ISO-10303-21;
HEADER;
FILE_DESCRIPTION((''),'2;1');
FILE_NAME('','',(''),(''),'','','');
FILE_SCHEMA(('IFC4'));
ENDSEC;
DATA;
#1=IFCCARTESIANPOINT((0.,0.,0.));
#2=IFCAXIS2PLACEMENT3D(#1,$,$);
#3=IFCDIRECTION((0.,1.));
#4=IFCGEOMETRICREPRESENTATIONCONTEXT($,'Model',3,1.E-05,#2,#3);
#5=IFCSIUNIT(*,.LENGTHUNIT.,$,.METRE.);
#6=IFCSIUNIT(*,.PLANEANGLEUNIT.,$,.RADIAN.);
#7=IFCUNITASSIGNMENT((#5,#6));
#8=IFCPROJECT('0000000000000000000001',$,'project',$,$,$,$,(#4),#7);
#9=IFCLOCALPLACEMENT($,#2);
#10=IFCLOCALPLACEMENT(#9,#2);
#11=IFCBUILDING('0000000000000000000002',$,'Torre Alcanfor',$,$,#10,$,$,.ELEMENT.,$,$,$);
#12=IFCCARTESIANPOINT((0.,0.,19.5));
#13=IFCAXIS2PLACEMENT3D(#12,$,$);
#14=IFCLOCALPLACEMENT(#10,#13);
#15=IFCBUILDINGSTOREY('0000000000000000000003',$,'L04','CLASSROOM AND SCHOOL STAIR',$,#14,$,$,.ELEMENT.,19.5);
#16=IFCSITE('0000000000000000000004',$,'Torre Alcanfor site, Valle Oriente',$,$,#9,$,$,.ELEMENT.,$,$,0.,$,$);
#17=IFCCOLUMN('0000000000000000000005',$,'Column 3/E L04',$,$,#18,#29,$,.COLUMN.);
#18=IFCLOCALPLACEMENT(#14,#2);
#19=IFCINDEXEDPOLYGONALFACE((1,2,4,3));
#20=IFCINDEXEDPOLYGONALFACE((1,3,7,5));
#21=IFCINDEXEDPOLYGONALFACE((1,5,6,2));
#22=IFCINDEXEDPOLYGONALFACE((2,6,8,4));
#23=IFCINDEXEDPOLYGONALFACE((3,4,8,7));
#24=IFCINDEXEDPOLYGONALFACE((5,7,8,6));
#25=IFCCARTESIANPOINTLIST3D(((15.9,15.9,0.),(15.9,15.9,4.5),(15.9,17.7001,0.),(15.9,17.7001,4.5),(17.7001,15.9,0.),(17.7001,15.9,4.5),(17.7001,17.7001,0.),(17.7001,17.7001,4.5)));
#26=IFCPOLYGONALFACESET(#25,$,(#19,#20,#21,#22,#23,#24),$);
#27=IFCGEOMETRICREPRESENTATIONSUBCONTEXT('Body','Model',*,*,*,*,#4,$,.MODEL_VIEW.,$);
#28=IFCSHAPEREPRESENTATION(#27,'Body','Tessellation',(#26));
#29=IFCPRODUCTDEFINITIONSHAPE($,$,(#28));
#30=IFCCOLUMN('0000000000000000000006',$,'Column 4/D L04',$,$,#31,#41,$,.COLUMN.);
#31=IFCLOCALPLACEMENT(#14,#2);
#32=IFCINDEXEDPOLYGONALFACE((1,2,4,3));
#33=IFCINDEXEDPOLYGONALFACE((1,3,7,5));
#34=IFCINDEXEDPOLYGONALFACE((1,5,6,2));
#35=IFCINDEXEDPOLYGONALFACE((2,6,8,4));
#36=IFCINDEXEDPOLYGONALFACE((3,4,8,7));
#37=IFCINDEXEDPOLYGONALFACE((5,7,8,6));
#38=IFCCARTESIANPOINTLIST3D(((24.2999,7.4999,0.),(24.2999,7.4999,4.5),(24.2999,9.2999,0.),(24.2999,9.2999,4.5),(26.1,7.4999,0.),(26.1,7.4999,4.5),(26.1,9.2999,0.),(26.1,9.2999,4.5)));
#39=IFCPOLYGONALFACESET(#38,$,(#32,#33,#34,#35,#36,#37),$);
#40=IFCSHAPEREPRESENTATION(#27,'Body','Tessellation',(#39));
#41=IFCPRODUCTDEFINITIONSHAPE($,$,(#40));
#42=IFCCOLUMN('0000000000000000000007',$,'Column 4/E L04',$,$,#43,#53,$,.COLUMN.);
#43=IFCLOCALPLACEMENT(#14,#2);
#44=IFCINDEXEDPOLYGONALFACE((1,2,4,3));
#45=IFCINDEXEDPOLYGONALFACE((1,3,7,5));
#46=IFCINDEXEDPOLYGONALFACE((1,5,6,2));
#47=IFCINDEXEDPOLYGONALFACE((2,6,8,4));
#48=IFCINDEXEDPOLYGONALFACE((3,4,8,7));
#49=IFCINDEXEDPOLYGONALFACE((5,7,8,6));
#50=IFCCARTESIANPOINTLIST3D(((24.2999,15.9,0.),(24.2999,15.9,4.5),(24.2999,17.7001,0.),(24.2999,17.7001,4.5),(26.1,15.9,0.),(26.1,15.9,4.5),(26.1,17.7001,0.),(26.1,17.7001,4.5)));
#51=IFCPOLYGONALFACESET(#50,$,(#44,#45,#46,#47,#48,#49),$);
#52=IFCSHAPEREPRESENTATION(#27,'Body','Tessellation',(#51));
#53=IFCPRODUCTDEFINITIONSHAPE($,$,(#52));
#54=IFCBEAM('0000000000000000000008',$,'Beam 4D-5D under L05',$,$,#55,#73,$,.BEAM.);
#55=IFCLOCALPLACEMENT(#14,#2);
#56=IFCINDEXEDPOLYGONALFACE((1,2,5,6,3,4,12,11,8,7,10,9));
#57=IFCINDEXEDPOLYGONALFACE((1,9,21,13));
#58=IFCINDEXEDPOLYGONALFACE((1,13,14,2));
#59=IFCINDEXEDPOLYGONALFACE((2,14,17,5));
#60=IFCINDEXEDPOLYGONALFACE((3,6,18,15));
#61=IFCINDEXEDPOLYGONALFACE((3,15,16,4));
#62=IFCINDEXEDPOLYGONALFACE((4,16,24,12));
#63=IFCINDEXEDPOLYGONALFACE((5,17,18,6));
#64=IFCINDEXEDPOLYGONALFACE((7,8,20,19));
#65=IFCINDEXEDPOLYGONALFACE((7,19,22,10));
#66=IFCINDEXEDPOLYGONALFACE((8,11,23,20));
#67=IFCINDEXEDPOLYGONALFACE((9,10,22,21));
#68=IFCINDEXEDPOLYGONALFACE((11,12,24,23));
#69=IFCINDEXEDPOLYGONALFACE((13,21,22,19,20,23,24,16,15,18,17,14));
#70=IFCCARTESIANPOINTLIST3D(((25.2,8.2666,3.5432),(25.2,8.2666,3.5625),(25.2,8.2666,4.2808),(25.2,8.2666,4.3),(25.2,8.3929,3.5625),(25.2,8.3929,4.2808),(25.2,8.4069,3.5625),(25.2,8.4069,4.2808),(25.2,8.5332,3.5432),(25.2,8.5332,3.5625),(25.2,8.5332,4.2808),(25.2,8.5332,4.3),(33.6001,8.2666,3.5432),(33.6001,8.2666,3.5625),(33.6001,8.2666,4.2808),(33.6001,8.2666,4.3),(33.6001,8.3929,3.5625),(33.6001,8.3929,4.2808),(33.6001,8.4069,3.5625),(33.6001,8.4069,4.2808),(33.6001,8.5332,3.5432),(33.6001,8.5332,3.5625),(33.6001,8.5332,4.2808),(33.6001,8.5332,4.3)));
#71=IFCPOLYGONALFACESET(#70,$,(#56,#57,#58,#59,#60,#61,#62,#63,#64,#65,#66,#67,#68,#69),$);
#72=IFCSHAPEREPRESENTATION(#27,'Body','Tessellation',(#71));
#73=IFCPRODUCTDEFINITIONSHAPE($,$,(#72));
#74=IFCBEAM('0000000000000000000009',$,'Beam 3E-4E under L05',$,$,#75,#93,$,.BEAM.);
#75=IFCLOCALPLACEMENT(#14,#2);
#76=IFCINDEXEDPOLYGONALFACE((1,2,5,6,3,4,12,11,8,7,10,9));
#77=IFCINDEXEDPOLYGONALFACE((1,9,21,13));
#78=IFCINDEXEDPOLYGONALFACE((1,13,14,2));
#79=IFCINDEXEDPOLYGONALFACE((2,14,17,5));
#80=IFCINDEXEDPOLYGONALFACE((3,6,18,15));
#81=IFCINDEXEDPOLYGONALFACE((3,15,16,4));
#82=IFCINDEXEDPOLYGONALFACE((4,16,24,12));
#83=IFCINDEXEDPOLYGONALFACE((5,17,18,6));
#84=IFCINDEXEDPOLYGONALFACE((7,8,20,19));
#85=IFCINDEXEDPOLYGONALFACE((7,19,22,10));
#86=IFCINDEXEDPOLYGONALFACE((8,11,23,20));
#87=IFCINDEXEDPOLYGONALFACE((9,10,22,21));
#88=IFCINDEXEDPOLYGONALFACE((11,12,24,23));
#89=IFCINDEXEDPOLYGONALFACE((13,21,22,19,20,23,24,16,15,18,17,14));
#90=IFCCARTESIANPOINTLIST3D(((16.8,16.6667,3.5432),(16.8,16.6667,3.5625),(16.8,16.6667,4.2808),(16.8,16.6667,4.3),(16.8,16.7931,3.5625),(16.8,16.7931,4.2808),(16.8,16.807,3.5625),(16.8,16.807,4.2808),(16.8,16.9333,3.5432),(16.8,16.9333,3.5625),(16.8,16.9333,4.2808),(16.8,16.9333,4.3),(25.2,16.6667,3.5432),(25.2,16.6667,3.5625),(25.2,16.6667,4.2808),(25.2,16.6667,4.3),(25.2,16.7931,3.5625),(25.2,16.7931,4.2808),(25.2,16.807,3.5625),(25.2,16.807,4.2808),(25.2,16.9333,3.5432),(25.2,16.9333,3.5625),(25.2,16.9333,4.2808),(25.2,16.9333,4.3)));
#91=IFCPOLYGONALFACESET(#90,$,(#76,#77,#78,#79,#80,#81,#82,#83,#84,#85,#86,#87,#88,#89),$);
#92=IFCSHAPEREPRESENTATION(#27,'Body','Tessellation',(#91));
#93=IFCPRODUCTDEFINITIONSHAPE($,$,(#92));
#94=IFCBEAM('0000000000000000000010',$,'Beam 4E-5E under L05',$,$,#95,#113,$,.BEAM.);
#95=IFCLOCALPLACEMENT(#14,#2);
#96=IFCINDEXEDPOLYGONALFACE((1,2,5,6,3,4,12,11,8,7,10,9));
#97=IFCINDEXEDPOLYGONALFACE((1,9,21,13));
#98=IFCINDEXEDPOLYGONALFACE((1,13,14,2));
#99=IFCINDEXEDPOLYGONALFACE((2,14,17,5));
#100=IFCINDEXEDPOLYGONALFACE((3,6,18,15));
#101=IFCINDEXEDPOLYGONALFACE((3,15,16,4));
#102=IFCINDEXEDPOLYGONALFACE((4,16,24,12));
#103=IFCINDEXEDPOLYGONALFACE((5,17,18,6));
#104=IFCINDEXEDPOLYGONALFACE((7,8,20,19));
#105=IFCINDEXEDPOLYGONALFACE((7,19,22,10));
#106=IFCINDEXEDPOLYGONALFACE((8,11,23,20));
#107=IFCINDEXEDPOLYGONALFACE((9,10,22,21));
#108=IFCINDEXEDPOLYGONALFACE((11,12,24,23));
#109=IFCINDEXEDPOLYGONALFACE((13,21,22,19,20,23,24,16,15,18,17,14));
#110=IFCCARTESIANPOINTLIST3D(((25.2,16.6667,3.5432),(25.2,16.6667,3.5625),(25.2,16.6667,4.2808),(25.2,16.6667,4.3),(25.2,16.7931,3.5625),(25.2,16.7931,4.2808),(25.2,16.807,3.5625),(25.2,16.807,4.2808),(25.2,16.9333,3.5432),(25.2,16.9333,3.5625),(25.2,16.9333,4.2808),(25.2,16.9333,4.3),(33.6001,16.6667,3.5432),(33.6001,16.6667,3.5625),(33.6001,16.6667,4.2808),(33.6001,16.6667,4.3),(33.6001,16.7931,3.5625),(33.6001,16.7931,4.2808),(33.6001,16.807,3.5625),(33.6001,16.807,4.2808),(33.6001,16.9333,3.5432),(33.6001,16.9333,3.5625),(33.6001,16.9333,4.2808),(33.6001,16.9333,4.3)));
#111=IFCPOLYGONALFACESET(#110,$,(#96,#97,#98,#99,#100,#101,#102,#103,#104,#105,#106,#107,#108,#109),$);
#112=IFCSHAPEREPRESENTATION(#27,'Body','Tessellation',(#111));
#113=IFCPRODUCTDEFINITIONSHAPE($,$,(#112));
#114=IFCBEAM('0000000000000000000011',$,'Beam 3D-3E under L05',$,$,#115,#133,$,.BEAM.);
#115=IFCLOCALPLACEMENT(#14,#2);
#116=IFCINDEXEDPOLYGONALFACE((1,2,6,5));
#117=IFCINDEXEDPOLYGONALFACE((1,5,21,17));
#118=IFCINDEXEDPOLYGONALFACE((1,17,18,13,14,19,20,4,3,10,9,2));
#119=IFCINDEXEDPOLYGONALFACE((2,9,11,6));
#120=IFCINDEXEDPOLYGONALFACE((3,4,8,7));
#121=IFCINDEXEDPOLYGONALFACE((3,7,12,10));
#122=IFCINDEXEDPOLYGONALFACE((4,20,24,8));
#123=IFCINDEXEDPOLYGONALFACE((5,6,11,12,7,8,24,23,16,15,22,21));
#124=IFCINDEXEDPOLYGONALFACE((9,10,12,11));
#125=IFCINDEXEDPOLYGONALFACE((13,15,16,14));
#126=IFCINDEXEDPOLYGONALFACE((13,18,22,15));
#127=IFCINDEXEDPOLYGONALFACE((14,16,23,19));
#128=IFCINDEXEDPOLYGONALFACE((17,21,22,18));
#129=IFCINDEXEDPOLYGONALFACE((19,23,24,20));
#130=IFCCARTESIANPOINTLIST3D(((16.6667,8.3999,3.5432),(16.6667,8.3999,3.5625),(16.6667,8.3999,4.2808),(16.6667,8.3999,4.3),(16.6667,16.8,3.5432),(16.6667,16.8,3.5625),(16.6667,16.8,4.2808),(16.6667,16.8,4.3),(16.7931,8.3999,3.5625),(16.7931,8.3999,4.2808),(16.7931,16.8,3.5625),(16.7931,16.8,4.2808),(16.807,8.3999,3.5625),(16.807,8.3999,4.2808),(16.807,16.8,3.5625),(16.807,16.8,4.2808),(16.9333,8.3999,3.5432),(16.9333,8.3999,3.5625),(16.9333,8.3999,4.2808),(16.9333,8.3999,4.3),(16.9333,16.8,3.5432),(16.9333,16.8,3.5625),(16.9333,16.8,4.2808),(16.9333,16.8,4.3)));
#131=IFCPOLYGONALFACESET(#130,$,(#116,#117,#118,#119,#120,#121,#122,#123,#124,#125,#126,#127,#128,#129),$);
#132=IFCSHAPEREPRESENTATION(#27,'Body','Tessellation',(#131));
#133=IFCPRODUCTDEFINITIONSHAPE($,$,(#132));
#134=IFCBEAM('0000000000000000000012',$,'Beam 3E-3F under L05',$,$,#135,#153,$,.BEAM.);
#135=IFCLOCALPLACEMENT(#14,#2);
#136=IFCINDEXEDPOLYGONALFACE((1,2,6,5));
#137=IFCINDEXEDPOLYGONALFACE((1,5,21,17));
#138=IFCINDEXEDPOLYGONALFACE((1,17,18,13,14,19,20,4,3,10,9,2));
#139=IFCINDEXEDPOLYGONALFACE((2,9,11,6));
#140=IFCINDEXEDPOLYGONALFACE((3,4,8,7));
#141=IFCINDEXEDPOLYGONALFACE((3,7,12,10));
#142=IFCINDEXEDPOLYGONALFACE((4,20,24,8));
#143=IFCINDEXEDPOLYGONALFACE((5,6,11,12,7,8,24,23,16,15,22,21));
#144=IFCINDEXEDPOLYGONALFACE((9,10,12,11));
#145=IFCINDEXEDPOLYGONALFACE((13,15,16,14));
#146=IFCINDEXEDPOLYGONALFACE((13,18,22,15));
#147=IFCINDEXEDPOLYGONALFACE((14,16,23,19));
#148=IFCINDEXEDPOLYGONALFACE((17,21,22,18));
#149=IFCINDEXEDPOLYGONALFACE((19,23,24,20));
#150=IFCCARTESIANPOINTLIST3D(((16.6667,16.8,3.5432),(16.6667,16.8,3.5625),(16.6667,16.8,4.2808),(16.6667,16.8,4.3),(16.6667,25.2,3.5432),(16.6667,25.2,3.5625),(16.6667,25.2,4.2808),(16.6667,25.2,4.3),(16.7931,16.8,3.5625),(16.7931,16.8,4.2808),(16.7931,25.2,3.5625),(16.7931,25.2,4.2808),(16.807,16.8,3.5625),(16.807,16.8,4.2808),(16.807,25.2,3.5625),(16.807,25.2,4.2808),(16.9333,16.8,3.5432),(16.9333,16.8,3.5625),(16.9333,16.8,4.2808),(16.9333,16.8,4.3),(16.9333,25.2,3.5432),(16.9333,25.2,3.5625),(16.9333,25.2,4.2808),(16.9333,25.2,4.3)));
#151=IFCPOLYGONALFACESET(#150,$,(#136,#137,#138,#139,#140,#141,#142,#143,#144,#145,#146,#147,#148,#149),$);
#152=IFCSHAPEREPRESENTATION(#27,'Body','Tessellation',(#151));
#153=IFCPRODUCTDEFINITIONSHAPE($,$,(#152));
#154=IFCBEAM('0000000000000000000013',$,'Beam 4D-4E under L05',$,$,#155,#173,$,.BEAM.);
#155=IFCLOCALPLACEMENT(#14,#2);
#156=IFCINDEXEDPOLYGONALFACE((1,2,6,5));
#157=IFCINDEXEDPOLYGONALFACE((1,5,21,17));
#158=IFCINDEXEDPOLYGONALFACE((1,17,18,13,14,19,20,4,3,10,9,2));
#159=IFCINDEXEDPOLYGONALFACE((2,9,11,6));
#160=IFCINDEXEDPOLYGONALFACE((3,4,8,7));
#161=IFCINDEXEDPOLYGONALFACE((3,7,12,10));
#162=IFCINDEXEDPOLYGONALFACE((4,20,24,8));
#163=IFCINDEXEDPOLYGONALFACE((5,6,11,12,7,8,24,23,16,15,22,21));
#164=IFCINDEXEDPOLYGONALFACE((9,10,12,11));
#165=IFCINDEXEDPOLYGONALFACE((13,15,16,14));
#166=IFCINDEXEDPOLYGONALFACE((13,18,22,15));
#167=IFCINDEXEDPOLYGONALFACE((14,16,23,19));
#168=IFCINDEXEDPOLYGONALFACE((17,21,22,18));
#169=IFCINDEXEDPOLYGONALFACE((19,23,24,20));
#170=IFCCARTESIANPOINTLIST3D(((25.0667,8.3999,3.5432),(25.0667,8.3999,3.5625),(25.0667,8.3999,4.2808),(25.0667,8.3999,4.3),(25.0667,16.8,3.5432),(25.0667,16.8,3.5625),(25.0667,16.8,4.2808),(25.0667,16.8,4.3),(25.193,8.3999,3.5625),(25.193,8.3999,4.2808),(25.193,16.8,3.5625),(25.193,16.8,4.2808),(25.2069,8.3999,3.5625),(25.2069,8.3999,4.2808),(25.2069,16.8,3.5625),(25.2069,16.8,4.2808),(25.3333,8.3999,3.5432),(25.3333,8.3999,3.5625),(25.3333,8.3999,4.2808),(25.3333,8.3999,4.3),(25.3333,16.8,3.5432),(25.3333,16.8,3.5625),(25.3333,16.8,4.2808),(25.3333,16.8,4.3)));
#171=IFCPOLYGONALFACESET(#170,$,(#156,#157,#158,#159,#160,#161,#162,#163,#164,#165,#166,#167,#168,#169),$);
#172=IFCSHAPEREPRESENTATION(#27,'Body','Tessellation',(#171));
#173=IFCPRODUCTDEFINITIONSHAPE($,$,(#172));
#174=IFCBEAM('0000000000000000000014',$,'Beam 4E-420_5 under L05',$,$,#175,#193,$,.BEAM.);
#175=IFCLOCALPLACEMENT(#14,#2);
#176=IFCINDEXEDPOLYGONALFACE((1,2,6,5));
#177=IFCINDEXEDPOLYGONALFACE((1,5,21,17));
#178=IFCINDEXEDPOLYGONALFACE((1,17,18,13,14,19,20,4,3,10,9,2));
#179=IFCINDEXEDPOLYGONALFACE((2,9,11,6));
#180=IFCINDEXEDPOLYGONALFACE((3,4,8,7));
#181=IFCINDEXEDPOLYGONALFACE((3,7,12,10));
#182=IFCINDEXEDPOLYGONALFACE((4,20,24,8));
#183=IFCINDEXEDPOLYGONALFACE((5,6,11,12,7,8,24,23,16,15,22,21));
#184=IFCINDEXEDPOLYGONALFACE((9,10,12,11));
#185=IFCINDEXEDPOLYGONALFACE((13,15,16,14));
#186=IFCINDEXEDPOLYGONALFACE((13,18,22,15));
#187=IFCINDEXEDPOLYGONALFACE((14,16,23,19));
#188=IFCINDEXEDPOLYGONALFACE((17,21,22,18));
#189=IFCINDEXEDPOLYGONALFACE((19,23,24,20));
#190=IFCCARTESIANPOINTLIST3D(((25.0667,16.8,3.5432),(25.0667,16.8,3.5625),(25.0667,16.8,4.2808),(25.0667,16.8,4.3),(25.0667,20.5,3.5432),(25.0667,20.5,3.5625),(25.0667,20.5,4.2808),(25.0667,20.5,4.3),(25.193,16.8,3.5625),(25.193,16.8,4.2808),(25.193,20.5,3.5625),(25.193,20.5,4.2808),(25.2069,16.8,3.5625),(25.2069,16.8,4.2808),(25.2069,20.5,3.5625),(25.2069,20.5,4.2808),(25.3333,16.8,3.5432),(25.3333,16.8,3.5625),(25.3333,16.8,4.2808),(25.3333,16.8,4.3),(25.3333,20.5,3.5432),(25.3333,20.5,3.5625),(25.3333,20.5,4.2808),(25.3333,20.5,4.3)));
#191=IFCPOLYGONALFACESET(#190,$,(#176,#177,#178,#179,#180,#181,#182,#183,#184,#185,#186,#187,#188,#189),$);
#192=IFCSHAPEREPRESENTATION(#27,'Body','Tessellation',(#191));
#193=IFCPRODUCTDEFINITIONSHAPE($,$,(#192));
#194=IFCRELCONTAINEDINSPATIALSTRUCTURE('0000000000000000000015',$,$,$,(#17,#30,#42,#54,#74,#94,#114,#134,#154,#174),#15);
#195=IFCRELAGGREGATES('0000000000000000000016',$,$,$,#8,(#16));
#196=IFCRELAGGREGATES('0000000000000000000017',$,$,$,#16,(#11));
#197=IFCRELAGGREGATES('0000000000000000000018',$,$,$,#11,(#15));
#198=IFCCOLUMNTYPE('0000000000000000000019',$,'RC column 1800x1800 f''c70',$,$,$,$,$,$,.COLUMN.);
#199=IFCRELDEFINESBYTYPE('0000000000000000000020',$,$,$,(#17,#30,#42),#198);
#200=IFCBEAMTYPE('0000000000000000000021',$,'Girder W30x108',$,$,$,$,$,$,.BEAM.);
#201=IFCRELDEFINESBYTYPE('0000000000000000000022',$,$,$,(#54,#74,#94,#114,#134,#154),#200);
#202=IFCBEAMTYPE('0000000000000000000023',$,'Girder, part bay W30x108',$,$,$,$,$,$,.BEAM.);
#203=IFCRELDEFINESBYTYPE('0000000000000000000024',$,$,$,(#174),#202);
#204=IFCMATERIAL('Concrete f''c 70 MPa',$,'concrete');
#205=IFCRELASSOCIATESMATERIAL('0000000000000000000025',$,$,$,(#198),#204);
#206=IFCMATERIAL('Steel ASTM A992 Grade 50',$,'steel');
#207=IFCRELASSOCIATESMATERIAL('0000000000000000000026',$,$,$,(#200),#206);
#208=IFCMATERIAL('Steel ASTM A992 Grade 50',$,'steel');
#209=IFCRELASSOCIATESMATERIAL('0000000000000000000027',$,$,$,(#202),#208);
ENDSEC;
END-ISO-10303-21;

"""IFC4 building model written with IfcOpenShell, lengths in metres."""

from ifc_helpers import new_model, si_unit, direction, frame, origin, origin_2d, place, context, subcontext, project, spatial, rectangle, i_section, extrude, material, material_profile, profile_set, type_object, element, save


model = new_model("IFC4")

# Units and contexts
model_context = context("Model", 3, precision=1e-05, world=origin(), true_north=direction((0.0, 1.0)))
body_context = subcontext(model_context, "Body", "Model", "MODEL_VIEW")
ifc_project = project(units=[si_unit("LENGTHUNIT", "METRE"), si_unit("PLANEANGLEUNIT", "RADIAN")], contexts=[model_context])

# Site, building, storey
site_placement = place(None, origin())
site = spatial("IfcSite", under=ifc_project, at=site_placement, Name="Torre Alcanfor site, Valle Oriente", CompositionType="ELEMENT", RefElevation=0.0)
building_placement = place(site_placement, origin())
building = spatial("IfcBuilding", under=site, at=building_placement, Name="Torre Alcanfor", CompositionType="ELEMENT")
storey_placement = place(building_placement, frame((0.0, 0.0, 19.5)))
storey = spatial("IfcBuildingStorey", under=building, at=storey_placement, Name="L04", Description="CLASSROOM AND SCHOOL STAIR", CompositionType="ELEMENT", Elevation=19.5)

# Columns
ifc_material_1 = material(Name="Concrete f'c 70 MPa", Category="concrete")
ifc_material_profile_1 = material_profile(ifc_material_1, rectangle(XDim=1.8, YDim=1.8, at=origin_2d()), Name="1800x1800")
ifc_profile_set_1 = profile_set([ifc_material_profile_1], Name="Concrete f'c 70 MPa")
column_type = type_object("IfcColumnType", Name="RC column 1800x1800 f'c70", PredefinedType="COLUMN", material=ifc_profile_set_1)
for number, where, z_axis, x_axis, name in (
    (1, (16.8, 16.8, 0.0), (0.0, 0.0, 1.0), (1.0, 0.0, 0.0), "Column 3/E L04"),
    (2, (25.2, 8.3999, 0.0), (0.0, 0.0, 1.0), (1.0, 0.0, 0.0), "Column 4/D L04"),
    (3, (25.2, 16.8, 0.0), (0.0, 0.0, 1.0), (1.0, 0.0, 0.0), "Column 4/E L04"),
):
    element("IfcColumn", number, at=place(storey_placement, frame(where, z_axis=z_axis, x_axis=x_axis)), inside=storey, type_object=column_type, Name=name, PredefinedType="COLUMN", context=body_context, shape_type="SweptSolid", body=[
        extrude(rectangle(XDim=1.8, YDim=1.8, at=origin_2d()), origin(), (0.0, 0.0, 1.0), 4.5),
    ])

# Beams
ifc_material_2 = material(Name="Steel ASTM A992 Grade 50", Category="steel")
ifc_material_profile_2 = material_profile(ifc_material_2, i_section(OverallWidth=0.2666, OverallDepth=0.7568, WebThickness=0.0139, FlangeThickness=0.0193, at=origin_2d()), Name="W30x108")
ifc_profile_set_2 = profile_set([ifc_material_profile_2], Name="Steel ASTM A992 Grade 50")
beam_type_1 = type_object("IfcBeamType", Name="Girder W30x108", PredefinedType="BEAM", material=ifc_profile_set_2)
beam_1_placement = place(storey_placement, frame((25.2, 8.3999, 3.9216), z_axis=(1.0, 0.0, 0.0), x_axis=(0.0, 1.0, 0.0)))
element("IfcBeam", 4, at=beam_1_placement, inside=storey, type_object=beam_type_1, Name="Beam 4D-5D under L05", PredefinedType="BEAM", context=body_context, shape_type="SweptSolid", body=[
    extrude(i_section(OverallWidth=0.2666, OverallDepth=0.7568, WebThickness=0.0139, FlangeThickness=0.0193, at=origin_2d()), origin(), (0.0, 0.0, 1.0), 8.4001),
])
beam_2_placement = place(storey_placement, frame((16.8, 16.8, 3.9216), z_axis=(1.0, 0.0, 0.0), x_axis=(0.0, 1.0, 0.0)))
element("IfcBeam", 5, at=beam_2_placement, inside=storey, type_object=beam_type_1, Name="Beam 3E-4E under L05", PredefinedType="BEAM", context=body_context, shape_type="SweptSolid", body=[
    extrude(i_section(OverallWidth=0.2666, OverallDepth=0.7568, WebThickness=0.0139, FlangeThickness=0.0193, at=origin_2d()), origin(), (0.0, 0.0, 1.0), 8.3999),
])
for number, where, z_axis, x_axis, name in (
    (6, (25.2, 16.8, 3.9216), (1.0, 0.0, 0.0), (0.0, 1.0, 0.0), "Beam 4E-5E under L05"),
    (7, (16.8, 8.3999, 3.9216), (0.0, 1.0, 0.0), (-1.0, 0.0, 0.0), "Beam 3D-3E under L05"),
):
    element("IfcBeam", number, at=place(storey_placement, frame(where, z_axis=z_axis, x_axis=x_axis)), inside=storey, type_object=beam_type_1, Name=name, PredefinedType="BEAM", context=body_context, shape_type="SweptSolid", body=[
        extrude(i_section(OverallWidth=0.2666, OverallDepth=0.7568, WebThickness=0.0139, FlangeThickness=0.0193, at=origin_2d()), origin(), (0.0, 0.0, 1.0), 8.4001),
    ])
beam_3_placement = place(storey_placement, frame((16.8, 16.8, 3.9216), z_axis=(0.0, 1.0, 0.0), x_axis=(-1.0, 0.0, 0.0)))
element("IfcBeam", 8, at=beam_3_placement, inside=storey, type_object=beam_type_1, Name="Beam 3E-3F under L05", PredefinedType="BEAM", context=body_context, shape_type="SweptSolid", body=[
    extrude(i_section(OverallWidth=0.2666, OverallDepth=0.7568, WebThickness=0.0139, FlangeThickness=0.0193, at=origin_2d()), origin(), (0.0, 0.0, 1.0), 8.3999),
])
beam_4_placement = place(storey_placement, frame((25.2, 8.3999, 3.9216), z_axis=(0.0, 1.0, 0.0), x_axis=(-1.0, 0.0, 0.0)))
element("IfcBeam", 9, at=beam_4_placement, inside=storey, type_object=beam_type_1, Name="Beam 4D-4E under L05", PredefinedType="BEAM", context=body_context, shape_type="SweptSolid", body=[
    extrude(i_section(OverallWidth=0.2666, OverallDepth=0.7568, WebThickness=0.0139, FlangeThickness=0.0193, at=origin_2d()), origin(), (0.0, 0.0, 1.0), 8.4001),
])
ifc_material_3 = material(Name="Steel ASTM A992 Grade 50", Category="steel")
ifc_material_profile_3 = material_profile(ifc_material_3, i_section(OverallWidth=0.2666, OverallDepth=0.7568, WebThickness=0.0139, FlangeThickness=0.0193, at=origin_2d()), Name="W30x108")
ifc_profile_set_3 = profile_set([ifc_material_profile_3], Name="Steel ASTM A992 Grade 50")
beam_type_2 = type_object("IfcBeamType", Name="Girder, part bay W30x108", PredefinedType="BEAM", material=ifc_profile_set_3)
beam_5_placement = place(storey_placement, frame((25.2, 16.8, 3.9216), z_axis=(0.0, 1.0, 0.0), x_axis=(-1.0, 0.0, 0.0)))
element("IfcBeam", 10, at=beam_5_placement, inside=storey, type_object=beam_type_2, Name="Beam 4E-420_5 under L05", PredefinedType="BEAM", context=body_context, shape_type="SweptSolid", body=[
    extrude(i_section(OverallWidth=0.2666, OverallDepth=0.7568, WebThickness=0.0139, FlangeThickness=0.0193, at=origin_2d()), origin(), (0.0, 0.0, 1.0), 3.7),
])

save(model, "model.ifc")
